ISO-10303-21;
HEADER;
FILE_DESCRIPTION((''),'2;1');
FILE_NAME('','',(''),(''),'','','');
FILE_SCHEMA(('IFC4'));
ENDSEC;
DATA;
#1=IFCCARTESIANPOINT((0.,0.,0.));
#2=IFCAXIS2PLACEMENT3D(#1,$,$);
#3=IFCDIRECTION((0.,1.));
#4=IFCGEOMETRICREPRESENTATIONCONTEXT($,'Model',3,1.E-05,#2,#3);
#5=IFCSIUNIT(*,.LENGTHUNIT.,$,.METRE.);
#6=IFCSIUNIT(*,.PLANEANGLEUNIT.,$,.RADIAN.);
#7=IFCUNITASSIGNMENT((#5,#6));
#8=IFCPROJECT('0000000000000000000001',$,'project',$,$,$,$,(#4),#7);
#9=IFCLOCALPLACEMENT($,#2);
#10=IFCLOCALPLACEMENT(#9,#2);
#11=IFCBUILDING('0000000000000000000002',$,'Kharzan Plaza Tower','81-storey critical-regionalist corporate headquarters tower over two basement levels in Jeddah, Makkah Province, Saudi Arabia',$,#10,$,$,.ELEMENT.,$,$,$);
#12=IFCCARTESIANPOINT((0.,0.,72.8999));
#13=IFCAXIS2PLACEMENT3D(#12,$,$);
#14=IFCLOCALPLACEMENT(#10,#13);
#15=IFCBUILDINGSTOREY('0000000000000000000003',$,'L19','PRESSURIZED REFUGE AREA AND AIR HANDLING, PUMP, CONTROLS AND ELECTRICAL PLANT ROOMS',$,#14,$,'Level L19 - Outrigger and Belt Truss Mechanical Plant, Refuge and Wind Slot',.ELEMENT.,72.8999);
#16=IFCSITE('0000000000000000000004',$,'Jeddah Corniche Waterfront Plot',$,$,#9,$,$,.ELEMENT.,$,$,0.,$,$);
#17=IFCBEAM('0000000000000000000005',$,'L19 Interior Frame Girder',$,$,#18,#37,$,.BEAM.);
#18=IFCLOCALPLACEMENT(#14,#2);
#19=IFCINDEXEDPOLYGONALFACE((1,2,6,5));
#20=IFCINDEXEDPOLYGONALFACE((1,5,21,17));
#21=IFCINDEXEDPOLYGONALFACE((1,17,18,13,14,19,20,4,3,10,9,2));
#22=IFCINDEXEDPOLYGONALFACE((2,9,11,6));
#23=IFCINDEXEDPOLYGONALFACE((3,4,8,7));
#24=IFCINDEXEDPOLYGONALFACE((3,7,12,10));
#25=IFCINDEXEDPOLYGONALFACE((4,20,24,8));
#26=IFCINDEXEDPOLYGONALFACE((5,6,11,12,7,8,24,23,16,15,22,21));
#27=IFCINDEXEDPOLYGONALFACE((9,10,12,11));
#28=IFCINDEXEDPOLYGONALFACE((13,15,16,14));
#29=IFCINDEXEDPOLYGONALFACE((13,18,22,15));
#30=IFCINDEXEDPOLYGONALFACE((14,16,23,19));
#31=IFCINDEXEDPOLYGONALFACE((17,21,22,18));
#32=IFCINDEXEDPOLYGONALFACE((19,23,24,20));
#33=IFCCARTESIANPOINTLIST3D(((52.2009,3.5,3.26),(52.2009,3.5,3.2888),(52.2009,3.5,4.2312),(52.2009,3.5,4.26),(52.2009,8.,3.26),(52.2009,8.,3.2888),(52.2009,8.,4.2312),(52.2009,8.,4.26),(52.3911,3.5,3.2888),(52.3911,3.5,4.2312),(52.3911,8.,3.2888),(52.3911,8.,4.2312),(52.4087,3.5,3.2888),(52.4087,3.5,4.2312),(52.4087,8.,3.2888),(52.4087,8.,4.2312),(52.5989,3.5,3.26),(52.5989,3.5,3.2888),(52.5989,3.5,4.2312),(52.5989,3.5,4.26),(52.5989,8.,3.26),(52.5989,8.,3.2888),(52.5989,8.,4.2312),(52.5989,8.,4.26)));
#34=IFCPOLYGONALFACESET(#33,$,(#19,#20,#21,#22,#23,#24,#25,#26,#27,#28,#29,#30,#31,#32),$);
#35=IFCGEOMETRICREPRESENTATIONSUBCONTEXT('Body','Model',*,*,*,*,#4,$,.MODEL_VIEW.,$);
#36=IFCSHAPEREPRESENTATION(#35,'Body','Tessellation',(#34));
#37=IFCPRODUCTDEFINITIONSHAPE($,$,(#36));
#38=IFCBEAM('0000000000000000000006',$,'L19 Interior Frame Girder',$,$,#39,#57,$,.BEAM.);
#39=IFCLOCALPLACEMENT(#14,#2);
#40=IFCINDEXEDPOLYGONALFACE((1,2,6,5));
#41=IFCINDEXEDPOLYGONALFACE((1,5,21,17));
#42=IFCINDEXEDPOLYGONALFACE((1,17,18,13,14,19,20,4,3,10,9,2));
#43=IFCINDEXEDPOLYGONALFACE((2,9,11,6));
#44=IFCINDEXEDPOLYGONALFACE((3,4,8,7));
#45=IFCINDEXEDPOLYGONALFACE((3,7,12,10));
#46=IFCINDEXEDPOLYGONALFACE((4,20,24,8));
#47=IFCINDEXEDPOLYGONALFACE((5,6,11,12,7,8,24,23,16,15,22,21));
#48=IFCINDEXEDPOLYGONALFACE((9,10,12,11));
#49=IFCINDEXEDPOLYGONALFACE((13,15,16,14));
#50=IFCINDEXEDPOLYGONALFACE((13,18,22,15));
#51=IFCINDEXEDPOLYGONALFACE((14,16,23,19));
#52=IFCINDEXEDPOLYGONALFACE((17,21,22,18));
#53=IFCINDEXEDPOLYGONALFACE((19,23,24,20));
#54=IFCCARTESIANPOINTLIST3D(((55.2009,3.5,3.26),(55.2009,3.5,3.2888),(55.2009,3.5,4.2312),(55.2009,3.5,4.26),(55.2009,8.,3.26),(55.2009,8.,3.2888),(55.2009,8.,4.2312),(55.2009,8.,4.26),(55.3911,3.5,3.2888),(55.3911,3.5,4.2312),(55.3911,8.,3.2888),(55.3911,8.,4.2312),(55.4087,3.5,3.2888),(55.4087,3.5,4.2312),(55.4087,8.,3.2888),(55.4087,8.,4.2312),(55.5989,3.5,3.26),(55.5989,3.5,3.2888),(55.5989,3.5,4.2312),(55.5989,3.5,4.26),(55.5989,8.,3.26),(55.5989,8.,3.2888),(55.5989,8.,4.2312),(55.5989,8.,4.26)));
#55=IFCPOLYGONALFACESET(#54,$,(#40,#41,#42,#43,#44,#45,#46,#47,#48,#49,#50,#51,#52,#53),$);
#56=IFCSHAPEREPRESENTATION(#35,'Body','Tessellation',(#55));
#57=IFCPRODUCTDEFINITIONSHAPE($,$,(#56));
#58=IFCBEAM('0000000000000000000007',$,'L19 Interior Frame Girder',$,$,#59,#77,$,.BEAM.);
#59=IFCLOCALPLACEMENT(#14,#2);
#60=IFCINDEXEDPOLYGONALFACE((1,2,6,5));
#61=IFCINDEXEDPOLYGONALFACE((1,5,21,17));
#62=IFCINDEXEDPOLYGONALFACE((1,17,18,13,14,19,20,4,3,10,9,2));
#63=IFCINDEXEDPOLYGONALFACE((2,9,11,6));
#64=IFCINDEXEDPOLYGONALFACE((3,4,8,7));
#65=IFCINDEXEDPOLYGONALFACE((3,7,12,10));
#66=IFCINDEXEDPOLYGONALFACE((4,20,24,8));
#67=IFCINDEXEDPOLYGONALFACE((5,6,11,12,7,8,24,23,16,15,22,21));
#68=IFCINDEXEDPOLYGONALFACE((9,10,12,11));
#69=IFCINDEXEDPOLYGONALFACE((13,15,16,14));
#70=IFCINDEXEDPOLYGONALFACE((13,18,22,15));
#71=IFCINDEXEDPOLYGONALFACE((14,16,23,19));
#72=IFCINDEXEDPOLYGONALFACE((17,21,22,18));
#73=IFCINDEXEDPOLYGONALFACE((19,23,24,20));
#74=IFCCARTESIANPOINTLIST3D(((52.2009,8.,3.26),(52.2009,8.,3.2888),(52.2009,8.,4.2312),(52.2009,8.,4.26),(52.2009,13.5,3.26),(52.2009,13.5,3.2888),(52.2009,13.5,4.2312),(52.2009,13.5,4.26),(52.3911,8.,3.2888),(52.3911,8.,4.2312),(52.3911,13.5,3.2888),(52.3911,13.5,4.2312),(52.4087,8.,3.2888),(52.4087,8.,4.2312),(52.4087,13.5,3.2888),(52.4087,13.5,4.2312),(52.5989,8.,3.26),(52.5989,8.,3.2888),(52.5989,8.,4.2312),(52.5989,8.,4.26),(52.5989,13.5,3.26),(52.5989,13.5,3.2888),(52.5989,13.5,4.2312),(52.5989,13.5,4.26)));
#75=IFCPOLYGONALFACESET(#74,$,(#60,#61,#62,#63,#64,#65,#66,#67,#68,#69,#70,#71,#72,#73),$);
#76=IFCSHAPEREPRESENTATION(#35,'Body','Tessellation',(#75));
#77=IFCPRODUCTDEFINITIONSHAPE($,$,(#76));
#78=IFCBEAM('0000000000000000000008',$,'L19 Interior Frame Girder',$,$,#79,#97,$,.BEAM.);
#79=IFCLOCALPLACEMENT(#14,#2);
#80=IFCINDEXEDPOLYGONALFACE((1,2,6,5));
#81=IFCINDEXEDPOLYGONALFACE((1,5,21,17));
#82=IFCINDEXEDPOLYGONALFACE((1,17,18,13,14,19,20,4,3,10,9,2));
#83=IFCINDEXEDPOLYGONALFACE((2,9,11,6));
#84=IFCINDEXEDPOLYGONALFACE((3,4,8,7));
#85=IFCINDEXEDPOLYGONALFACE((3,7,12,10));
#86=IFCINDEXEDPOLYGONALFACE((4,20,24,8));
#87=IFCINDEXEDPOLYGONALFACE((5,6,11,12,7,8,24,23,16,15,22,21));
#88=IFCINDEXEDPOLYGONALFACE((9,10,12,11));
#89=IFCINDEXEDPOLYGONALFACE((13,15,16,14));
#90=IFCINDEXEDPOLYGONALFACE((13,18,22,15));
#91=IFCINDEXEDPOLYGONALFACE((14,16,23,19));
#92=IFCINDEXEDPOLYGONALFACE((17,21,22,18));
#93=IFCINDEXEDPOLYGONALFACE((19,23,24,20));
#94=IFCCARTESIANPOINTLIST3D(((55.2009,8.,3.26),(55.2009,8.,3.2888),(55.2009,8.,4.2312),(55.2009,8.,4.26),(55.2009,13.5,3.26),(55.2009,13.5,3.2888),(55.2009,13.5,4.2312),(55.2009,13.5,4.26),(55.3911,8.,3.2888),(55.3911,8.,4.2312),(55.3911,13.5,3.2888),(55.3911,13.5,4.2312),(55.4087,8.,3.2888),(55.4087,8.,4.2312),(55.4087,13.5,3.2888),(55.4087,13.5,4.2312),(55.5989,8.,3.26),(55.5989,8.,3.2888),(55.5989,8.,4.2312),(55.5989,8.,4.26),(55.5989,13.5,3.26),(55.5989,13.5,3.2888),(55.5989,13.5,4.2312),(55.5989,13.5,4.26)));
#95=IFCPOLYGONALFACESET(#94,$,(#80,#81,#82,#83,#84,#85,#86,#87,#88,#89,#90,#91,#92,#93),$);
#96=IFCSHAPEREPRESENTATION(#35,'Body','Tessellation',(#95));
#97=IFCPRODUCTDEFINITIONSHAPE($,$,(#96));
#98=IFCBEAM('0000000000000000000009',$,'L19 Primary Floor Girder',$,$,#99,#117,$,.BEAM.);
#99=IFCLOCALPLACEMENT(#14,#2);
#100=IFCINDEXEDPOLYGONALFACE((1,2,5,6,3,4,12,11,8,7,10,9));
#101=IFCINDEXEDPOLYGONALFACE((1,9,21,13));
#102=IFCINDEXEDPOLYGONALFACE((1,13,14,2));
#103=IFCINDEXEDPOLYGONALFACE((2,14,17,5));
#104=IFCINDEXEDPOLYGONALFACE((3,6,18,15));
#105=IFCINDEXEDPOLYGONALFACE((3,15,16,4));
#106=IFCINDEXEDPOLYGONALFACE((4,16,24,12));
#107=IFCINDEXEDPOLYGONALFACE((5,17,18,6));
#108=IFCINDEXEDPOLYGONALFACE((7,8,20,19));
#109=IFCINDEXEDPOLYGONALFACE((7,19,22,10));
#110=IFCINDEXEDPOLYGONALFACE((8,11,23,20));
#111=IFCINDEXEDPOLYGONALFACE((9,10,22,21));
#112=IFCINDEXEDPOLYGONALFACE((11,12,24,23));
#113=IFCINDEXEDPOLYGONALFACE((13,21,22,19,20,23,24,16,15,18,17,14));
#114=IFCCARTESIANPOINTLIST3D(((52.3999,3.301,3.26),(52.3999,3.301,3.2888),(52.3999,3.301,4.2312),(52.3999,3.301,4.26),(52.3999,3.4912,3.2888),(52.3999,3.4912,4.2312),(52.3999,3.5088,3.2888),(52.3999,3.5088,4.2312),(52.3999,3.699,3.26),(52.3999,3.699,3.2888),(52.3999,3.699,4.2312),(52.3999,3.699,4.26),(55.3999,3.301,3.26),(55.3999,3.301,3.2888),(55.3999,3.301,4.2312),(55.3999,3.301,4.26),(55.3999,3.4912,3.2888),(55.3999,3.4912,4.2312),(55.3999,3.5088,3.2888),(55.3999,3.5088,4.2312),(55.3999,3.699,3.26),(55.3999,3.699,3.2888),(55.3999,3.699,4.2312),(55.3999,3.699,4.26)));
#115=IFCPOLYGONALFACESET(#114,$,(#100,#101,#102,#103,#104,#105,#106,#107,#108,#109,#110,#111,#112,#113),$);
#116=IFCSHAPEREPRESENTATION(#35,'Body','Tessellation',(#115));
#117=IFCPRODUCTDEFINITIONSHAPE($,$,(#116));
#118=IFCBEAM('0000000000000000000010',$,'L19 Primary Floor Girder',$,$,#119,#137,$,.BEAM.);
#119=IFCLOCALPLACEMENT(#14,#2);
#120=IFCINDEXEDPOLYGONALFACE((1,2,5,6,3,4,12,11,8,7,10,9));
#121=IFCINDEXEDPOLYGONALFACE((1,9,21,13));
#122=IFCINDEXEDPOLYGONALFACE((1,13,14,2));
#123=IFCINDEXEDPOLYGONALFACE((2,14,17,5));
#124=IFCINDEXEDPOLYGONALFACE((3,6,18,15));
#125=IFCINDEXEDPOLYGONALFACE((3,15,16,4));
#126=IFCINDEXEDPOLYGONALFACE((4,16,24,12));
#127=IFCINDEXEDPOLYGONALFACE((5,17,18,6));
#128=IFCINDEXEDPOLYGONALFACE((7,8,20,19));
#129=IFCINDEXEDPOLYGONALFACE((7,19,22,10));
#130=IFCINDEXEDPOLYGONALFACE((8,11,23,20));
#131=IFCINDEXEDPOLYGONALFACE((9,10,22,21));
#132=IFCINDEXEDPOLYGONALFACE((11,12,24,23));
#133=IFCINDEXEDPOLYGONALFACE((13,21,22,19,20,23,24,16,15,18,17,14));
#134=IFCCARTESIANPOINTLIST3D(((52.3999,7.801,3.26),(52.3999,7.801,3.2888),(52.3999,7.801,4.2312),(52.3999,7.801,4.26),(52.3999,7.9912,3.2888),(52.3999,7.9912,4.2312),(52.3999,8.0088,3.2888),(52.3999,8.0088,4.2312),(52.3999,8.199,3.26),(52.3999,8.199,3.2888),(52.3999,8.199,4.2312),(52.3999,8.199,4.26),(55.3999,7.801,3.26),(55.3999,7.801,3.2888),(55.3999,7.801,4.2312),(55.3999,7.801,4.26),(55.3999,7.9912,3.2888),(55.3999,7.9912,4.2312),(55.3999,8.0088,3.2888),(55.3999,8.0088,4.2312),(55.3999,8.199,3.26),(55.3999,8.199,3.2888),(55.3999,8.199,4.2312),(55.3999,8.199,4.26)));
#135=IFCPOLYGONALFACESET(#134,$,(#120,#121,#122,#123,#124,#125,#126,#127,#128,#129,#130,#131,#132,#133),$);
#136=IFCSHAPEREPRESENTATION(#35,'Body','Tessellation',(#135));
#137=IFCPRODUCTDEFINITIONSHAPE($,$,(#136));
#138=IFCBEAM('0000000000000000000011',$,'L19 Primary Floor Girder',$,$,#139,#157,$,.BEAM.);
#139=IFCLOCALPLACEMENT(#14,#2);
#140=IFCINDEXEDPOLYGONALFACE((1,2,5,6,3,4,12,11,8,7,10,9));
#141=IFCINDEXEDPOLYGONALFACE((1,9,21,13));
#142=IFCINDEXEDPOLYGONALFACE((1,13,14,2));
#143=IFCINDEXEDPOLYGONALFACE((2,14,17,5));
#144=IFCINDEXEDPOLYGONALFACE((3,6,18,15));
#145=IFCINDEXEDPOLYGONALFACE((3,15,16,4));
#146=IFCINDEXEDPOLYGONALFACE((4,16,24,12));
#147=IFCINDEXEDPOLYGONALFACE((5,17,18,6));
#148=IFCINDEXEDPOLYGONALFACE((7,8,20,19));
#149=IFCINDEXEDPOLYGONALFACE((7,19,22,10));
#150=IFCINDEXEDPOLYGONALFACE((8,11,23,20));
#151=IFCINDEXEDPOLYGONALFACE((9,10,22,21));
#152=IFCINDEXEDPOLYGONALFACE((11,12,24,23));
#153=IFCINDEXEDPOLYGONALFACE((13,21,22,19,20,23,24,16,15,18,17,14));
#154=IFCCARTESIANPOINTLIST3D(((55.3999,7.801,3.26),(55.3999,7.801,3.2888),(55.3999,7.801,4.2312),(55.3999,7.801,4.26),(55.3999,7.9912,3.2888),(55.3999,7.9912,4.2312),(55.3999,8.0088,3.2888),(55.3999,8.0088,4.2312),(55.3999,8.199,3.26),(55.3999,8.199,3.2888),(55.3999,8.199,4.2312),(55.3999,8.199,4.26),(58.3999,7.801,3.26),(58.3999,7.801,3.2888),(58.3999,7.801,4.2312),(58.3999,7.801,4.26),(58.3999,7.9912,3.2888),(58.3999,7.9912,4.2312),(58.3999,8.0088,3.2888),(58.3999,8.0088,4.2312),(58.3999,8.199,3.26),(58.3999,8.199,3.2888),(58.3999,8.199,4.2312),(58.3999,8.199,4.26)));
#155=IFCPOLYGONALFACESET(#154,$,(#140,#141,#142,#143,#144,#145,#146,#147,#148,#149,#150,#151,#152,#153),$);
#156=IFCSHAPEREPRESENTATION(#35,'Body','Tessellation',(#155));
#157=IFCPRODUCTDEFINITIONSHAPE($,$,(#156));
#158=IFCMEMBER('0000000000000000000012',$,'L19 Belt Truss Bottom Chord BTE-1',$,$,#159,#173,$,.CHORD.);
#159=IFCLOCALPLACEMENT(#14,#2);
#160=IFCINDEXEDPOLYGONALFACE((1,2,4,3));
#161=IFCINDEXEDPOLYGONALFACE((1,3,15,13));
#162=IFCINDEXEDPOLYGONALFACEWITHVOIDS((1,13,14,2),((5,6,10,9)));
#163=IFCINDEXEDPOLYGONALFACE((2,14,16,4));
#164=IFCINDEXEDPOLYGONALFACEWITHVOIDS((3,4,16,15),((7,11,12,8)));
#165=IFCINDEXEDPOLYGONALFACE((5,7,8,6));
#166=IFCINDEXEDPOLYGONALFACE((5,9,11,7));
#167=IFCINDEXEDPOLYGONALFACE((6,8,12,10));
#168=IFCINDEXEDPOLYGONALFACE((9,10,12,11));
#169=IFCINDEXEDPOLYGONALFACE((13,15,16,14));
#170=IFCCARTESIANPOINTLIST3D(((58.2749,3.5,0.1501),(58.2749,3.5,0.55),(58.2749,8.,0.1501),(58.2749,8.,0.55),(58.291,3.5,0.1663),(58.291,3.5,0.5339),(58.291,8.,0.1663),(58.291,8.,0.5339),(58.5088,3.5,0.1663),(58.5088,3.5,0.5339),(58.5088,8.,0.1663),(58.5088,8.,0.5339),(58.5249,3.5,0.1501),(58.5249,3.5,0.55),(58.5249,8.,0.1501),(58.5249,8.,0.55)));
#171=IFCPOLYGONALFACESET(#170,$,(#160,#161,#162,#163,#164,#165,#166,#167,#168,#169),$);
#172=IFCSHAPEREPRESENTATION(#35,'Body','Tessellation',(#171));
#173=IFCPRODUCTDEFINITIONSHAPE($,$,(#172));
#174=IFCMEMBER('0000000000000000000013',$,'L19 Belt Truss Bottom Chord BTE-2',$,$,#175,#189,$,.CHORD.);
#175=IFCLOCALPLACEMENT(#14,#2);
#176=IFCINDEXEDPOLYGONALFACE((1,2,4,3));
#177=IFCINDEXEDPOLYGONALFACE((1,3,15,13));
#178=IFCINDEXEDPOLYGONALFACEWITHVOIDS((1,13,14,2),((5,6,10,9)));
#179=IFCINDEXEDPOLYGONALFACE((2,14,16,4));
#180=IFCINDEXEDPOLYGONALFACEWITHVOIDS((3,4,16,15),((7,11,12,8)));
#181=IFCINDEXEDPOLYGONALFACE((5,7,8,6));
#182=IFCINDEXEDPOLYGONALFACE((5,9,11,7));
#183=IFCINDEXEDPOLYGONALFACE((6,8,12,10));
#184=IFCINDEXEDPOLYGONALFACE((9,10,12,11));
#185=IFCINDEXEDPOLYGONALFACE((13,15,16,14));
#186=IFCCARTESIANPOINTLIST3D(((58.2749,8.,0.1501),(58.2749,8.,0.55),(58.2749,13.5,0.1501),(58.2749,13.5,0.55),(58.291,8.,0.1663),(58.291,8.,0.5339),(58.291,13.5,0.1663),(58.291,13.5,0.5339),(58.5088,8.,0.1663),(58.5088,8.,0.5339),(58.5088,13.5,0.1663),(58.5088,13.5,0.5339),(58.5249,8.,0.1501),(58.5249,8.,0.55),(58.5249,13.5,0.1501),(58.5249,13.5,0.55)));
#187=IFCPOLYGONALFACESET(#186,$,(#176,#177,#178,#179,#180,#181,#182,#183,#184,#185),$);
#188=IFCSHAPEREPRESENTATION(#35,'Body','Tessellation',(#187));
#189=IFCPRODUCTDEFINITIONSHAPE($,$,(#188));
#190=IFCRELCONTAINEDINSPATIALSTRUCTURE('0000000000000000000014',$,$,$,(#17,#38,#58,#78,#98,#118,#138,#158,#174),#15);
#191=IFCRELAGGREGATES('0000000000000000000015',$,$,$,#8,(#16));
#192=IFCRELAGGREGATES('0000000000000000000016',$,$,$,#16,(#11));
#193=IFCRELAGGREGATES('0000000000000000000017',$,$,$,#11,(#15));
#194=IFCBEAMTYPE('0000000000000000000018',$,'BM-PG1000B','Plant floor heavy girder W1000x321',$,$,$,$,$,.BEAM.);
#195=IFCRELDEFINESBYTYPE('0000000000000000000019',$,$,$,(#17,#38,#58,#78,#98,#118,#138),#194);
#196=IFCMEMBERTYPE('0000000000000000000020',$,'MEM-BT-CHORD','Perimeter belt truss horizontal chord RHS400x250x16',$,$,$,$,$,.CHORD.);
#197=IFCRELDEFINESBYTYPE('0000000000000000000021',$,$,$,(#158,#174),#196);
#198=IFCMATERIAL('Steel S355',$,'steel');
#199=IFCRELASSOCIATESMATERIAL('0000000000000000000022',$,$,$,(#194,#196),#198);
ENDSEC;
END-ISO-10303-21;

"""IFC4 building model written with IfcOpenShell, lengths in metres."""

from ifc_helpers import new_model, si_unit, direction, frame, origin, origin_2d, place, context, subcontext, project, spatial, hollow_rectangle, i_section, extrude, source, transform, mapped, material, material_profile, profile_set, type_object, element, save


model = new_model("IFC4")

# Units and contexts
model_context = context("Model", 3, precision=1e-05, world=origin(), true_north=direction((0.0, 1.0)))
body_context = subcontext(model_context, "Body", "Model", "MODEL_VIEW")
ifc_project = project(units=[si_unit("LENGTHUNIT", "METRE"), si_unit("PLANEANGLEUNIT", "RADIAN")], contexts=[model_context])

# Site, building, storey
site_placement = place(None, origin())
site = spatial("IfcSite", under=ifc_project, at=site_placement, Name="Jeddah Corniche Waterfront Plot", CompositionType="ELEMENT", RefElevation=0.0)
building_placement = place(site_placement, origin())
building = spatial("IfcBuilding", under=site, at=building_placement, Name="Kharzan Plaza Tower", Description="81-storey critical-regionalist corporate headquarters tower over two basement levels in Jeddah, Makkah Province, Saudi Arabia", CompositionType="ELEMENT")
storey_placement = place(building_placement, frame((0.0, 0.0, 72.8999)))
storey = spatial("IfcBuildingStorey", under=building, at=storey_placement, Name="L19", Description="PRESSURIZED REFUGE AREA AND AIR HANDLING, PUMP, CONTROLS AND ELECTRICAL PLANT ROOMS", LongName="Level L19 - Outrigger and Belt Truss Mechanical Plant, Refuge and Wind Slot", CompositionType="ELEMENT", Elevation=72.8999)

# Beams
ifc_material_1 = material(Name="Steel S355", Category="steel")
ifc_material_profile_1 = material_profile(ifc_material_1, i_section(OverallWidth=0.3979, OverallDepth=1.0, WebThickness=0.0176, FlangeThickness=0.0288, at=origin_2d()), Name="W1000x321")
ifc_profile_set_1 = profile_set([ifc_material_profile_1], Name="Steel S355")
beam_type_1 = type_object("IfcBeamType", Name="BM-PG1000B", Description="Plant floor heavy girder W1000x321", PredefinedType="BEAM", material=ifc_profile_set_1)
shared_shape_1 = source(origin(), body_context, "Body", "SweptSolid", [
    extrude(i_section(OverallWidth=0.3979, OverallDepth=1.0, WebThickness=0.0176, FlangeThickness=0.0288, at=origin_2d()), origin(), (0.0, 0.0, 1.0), 4.5),
])
for number, where, z_axis, x_axis, name in (
    (1, (52.3999, 3.5, 3.76), (0.0, 1.0, 0.0), (-1.0, 0.0, 0.0), "L19 Interior Frame Girder"),
    (2, (55.3999, 3.5, 3.76), (0.0, 1.0, 0.0), (-1.0, 0.0, 0.0), "L19 Interior Frame Girder"),
):
    element("IfcBeam", number, at=place(storey_placement, frame(where, z_axis=z_axis, x_axis=x_axis)), inside=storey, type_object=beam_type_1, Name=name, PredefinedType="BEAM", context=body_context, shape_type="MappedRepresentation", body=[
        mapped(shared_shape_1, transform((0.0, 0.0, 0.0), x_axis=(1.0, 0.0, 0.0), y_axis=(0.0, 1.0, 0.0), z_axis=(0.0, 0.0, 1.0))),
    ])
shared_shape_2 = source(origin(), body_context, "Body", "SweptSolid", [
    extrude(i_section(OverallWidth=0.3979, OverallDepth=1.0, WebThickness=0.0176, FlangeThickness=0.0288, at=origin_2d()), origin(), (0.0, 0.0, 1.0), 5.5),
])
for number, where, z_axis, x_axis, name in (
    (3, (52.3999, 8.0, 3.76), (0.0, 1.0, 0.0), (-1.0, 0.0, 0.0), "L19 Interior Frame Girder"),
    (4, (55.3999, 8.0, 3.76), (0.0, 1.0, 0.0), (-1.0, 0.0, 0.0), "L19 Interior Frame Girder"),
):
    element("IfcBeam", number, at=place(storey_placement, frame(where, z_axis=z_axis, x_axis=x_axis)), inside=storey, type_object=beam_type_1, Name=name, PredefinedType="BEAM", context=body_context, shape_type="MappedRepresentation", body=[
        mapped(shared_shape_2, transform((0.0, 0.0, 0.0), x_axis=(1.0, 0.0, 0.0), y_axis=(0.0, 1.0, 0.0), z_axis=(0.0, 0.0, 1.0))),
    ])
shared_shape_3 = source(origin(), body_context, "Body", "SweptSolid", [
    extrude(i_section(OverallWidth=0.3979, OverallDepth=1.0, WebThickness=0.0176, FlangeThickness=0.0288, at=origin_2d()), origin(), (0.0, 0.0, 1.0), 3.0),
])
for number, where, z_axis, x_axis, name in (
    (5, (52.3999, 3.5, 3.76), (1.0, 0.0, 0.0), (0.0, 1.0, 0.0), "L19 Primary Floor Girder"),
    (6, (52.3999, 8.0, 3.76), (1.0, 0.0, 0.0), (0.0, 1.0, 0.0), "L19 Primary Floor Girder"),
    (7, (55.3999, 8.0, 3.76), (1.0, 0.0, 0.0), (0.0, 1.0, 0.0), "L19 Primary Floor Girder"),
):
    element("IfcBeam", number, at=place(storey_placement, frame(where, z_axis=z_axis, x_axis=x_axis)), inside=storey, type_object=beam_type_1, Name=name, PredefinedType="BEAM", context=body_context, shape_type="MappedRepresentation", body=[
        mapped(shared_shape_3, transform((0.0, 0.0, 0.0), x_axis=(1.0, 0.0, 0.0), y_axis=(0.0, 1.0, 0.0), z_axis=(0.0, 0.0, 1.0))),
    ])

# Members
ifc_material_profile_2 = material_profile(ifc_material_1, hollow_rectangle(XDim=0.25, YDim=0.3999, WallThickness=0.0161, at=origin_2d()), Name="RHS400x250x16")
ifc_profile_set_2 = profile_set([ifc_material_profile_2], Name="Steel S355")
member_type_1 = type_object("IfcMemberType", Name="MEM-BT-CHORD", Description="Perimeter belt truss horizontal chord RHS400x250x16", PredefinedType="CHORD", material=ifc_profile_set_2)
shared_shape_4 = source(origin(), body_context, "Body", "SweptSolid", [
    extrude(hollow_rectangle(XDim=0.25, YDim=0.3999, WallThickness=0.0161, at=origin_2d()), origin(), (0.0, 0.0, 1.0), 4.5),
])
member_1_placement = place(storey_placement, frame((58.3999, 3.5, 0.3501), z_axis=(0.0, 1.0, 0.0), x_axis=(-1.0, 0.0, 0.0)))
element("IfcMember", 8, at=member_1_placement, inside=storey, type_object=member_type_1, Name="L19 Belt Truss Bottom Chord BTE-1", PredefinedType="CHORD", context=body_context, shape_type="MappedRepresentation", body=[
    mapped(shared_shape_4, transform((0.0, 0.0, 0.0), x_axis=(1.0, 0.0, 0.0), y_axis=(0.0, 1.0, 0.0), z_axis=(0.0, 0.0, 1.0))),
])
shared_shape_5 = source(origin(), body_context, "Body", "SweptSolid", [
    extrude(hollow_rectangle(XDim=0.25, YDim=0.3999, WallThickness=0.0161, at=origin_2d()), origin(), (0.0, 0.0, 1.0), 5.5),
])
member_2_placement = place(storey_placement, frame((58.3999, 8.0, 0.3501), z_axis=(0.0, 1.0, 0.0), x_axis=(-1.0, 0.0, 0.0)))
element("IfcMember", 9, at=member_2_placement, inside=storey, type_object=member_type_1, Name="L19 Belt Truss Bottom Chord BTE-2", PredefinedType="CHORD", context=body_context, shape_type="MappedRepresentation", body=[
    mapped(shared_shape_5, transform((0.0, 0.0, 0.0), x_axis=(1.0, 0.0, 0.0), y_axis=(0.0, 1.0, 0.0), z_axis=(0.0, 0.0, 1.0))),
])

save(model, "model.ifc")
